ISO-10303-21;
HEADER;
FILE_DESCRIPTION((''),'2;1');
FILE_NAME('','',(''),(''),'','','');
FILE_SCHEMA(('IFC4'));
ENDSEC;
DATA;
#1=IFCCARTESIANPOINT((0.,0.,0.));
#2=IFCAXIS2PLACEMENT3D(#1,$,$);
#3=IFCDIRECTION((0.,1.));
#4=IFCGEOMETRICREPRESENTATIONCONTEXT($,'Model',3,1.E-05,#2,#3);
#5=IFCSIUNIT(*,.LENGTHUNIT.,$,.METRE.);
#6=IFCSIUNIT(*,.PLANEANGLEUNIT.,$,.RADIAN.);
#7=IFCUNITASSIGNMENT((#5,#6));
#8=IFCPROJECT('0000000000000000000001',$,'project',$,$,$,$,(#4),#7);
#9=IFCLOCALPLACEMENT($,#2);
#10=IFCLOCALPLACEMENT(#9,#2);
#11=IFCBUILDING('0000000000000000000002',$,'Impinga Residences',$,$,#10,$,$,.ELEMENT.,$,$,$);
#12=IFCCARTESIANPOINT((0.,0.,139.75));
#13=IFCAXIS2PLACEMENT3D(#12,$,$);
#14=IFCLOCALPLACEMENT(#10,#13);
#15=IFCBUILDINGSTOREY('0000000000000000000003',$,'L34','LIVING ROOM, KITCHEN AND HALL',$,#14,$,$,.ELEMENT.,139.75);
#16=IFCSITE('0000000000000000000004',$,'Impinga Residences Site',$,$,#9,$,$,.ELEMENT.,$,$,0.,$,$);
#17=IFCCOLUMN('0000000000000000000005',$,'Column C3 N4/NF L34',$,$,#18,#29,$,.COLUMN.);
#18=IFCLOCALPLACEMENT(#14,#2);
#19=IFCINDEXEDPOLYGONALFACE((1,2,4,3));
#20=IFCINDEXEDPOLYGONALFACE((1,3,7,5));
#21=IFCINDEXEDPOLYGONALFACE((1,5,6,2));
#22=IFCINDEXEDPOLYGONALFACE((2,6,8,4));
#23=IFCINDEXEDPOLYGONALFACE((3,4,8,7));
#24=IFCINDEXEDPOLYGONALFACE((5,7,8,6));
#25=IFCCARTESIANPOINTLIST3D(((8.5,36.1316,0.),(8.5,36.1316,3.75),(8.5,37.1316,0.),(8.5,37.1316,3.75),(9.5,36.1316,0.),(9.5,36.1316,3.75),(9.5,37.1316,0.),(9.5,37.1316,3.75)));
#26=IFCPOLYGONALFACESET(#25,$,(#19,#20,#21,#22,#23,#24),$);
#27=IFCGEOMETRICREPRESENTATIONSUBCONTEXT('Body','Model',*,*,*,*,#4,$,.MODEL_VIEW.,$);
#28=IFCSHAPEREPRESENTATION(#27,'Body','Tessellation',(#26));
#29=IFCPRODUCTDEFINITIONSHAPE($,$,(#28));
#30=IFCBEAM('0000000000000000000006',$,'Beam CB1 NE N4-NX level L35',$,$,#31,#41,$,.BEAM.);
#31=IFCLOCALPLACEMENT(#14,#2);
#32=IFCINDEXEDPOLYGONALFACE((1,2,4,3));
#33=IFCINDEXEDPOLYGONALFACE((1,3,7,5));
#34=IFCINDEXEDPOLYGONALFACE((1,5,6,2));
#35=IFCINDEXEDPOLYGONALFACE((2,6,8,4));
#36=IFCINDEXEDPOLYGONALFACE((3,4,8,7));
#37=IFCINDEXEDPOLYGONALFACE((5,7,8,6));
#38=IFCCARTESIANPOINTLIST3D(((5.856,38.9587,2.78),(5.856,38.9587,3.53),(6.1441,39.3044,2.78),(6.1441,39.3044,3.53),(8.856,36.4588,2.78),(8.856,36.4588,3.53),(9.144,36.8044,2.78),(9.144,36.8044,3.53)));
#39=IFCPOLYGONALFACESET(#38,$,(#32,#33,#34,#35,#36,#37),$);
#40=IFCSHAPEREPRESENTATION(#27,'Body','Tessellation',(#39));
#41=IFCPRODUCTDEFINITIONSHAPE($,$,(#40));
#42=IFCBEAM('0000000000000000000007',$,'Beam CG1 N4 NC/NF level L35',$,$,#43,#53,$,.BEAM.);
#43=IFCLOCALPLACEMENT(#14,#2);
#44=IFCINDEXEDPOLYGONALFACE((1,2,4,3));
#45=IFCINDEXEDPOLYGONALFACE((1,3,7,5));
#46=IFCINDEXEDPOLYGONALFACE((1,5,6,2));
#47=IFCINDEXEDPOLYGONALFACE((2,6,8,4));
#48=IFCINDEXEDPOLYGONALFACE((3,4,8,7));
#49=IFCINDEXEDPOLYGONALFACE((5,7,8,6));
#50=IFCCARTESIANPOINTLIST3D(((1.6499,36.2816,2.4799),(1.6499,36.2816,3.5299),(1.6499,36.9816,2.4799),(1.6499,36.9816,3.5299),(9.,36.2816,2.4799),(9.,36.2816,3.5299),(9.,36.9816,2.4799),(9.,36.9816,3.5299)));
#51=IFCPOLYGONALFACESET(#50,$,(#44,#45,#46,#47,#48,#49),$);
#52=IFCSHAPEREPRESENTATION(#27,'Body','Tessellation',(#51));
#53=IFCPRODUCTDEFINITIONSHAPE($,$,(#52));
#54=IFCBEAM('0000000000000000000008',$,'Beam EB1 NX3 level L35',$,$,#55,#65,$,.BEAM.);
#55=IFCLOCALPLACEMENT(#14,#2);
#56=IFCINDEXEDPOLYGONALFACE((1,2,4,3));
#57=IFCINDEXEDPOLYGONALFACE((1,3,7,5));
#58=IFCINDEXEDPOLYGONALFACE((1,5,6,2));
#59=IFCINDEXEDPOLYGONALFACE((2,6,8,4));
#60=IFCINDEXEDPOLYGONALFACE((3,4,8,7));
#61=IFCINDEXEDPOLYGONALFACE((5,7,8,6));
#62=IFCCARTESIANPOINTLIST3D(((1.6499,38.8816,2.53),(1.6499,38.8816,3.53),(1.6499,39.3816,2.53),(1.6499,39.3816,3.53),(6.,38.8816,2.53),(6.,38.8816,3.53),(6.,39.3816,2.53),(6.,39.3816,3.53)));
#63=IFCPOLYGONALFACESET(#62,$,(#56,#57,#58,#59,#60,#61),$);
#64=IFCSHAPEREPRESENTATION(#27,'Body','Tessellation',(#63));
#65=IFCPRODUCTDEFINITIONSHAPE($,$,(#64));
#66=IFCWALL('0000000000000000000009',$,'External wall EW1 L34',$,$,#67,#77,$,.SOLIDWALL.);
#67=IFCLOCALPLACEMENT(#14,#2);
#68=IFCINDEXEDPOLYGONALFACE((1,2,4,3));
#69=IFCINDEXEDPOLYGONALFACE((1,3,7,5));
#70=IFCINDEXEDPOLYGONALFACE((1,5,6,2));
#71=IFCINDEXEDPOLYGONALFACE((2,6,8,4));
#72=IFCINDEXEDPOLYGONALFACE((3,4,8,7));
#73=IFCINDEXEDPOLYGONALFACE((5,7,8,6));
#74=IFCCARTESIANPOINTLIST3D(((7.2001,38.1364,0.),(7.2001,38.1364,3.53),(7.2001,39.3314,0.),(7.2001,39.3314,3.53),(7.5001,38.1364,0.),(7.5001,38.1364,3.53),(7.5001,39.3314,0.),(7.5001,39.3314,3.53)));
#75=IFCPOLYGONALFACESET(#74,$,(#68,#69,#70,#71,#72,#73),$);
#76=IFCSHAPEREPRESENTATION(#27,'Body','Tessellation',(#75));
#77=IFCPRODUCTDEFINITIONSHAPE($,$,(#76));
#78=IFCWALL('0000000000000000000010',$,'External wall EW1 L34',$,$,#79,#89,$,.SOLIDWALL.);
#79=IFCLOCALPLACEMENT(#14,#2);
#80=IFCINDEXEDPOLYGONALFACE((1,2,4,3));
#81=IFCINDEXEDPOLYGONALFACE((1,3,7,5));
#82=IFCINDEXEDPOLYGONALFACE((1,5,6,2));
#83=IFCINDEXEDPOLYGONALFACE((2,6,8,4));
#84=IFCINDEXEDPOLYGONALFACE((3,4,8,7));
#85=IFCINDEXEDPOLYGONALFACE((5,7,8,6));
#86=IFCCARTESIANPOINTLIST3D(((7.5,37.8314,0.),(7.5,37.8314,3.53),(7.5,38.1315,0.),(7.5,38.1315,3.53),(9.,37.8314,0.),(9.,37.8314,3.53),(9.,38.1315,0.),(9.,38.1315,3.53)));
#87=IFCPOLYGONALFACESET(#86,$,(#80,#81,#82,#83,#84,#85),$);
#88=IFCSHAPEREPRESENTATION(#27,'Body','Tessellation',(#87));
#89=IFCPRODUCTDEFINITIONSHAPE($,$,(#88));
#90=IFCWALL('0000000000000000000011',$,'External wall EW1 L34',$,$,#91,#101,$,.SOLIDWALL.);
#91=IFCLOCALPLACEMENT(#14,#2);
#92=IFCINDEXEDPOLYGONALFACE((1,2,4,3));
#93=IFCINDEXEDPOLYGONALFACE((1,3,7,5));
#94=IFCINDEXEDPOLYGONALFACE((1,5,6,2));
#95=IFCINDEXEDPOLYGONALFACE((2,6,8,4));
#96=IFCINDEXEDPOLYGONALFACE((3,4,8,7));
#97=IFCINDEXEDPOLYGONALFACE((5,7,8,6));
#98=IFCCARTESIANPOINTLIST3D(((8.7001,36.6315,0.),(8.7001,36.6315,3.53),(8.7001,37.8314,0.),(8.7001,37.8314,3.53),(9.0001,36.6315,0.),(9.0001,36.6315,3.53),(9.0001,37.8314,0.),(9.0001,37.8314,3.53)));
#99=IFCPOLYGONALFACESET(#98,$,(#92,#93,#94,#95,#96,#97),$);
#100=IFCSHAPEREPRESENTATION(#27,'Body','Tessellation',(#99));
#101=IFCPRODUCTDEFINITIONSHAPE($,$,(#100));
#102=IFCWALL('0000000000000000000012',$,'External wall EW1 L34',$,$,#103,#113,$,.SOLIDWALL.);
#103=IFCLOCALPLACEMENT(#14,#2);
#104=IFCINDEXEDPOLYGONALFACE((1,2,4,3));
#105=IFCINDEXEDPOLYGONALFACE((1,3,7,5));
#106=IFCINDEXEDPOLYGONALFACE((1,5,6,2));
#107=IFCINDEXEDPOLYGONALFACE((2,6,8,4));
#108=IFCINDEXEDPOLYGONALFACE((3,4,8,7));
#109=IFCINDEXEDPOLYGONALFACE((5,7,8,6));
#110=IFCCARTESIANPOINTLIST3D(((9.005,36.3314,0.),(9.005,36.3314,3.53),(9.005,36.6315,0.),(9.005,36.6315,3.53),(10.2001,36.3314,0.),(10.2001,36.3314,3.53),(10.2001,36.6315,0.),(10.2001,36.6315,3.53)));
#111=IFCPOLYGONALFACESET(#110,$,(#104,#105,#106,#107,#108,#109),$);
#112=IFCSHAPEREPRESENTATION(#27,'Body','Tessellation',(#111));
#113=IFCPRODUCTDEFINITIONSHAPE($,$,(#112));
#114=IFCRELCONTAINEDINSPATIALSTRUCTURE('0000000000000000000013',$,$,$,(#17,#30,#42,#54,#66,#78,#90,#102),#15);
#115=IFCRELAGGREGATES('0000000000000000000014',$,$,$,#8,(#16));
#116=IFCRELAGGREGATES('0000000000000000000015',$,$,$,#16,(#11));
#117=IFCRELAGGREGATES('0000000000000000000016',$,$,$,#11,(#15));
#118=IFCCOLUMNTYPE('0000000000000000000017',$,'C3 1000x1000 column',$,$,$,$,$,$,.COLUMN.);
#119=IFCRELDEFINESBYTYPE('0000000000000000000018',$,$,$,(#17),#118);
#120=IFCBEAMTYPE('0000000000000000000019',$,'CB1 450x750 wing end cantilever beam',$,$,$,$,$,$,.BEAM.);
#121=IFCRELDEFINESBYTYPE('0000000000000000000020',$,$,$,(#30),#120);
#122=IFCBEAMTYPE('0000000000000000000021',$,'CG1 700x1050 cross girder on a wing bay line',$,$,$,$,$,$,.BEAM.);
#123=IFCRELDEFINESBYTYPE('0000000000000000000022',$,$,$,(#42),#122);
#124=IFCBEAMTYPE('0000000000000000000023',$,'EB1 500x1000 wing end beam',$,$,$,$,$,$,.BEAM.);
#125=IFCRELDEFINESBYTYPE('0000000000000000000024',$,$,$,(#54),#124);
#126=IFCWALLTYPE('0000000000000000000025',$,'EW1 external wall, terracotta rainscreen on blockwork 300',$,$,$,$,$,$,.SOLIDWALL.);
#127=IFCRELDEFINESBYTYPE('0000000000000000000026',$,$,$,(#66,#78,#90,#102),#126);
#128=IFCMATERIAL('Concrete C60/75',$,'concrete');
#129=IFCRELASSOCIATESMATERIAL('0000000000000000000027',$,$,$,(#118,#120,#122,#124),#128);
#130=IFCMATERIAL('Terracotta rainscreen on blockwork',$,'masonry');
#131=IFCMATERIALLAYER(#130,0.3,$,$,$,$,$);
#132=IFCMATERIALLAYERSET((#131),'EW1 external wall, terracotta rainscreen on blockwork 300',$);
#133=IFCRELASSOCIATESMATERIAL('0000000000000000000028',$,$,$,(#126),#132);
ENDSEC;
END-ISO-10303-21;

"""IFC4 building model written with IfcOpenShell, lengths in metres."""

from ifc_helpers import new_model, si_unit, direction, frame, frame_2d, origin, origin_2d, place, context, subcontext, project, spatial, rectangle, extrude, material, layer, layer_set, material_profile, profile_set, type_object, element, save


model = new_model("IFC4")

# Units and contexts
model_context = context("Model", 3, precision=1e-05, world=origin(), true_north=direction((0.0, 1.0)))
body_context = subcontext(model_context, "Body", "Model", "MODEL_VIEW")
ifc_project = project(units=[si_unit("LENGTHUNIT", "METRE"), si_unit("PLANEANGLEUNIT", "RADIAN")], contexts=[model_context])

# Site, building, storey
site_placement = place(None, origin())
site = spatial("IfcSite", under=ifc_project, at=site_placement, Name="Impinga Residences Site", CompositionType="ELEMENT", RefElevation=0.0)
building_placement = place(site_placement, origin())
building = spatial("IfcBuilding", under=site, at=building_placement, Name="Impinga Residences", CompositionType="ELEMENT")
storey_placement = place(building_placement, frame((0.0, 0.0, 139.75)))
storey = spatial("IfcBuildingStorey", under=building, at=storey_placement, Name="L34", Description="LIVING ROOM, KITCHEN AND HALL", CompositionType="ELEMENT", Elevation=139.75)

# Column
ifc_material_1 = material(Name="Concrete C60/75", Category="concrete")
ifc_material_profile_1 = material_profile(ifc_material_1, rectangle(XDim=1.0, YDim=1.0, at=origin_2d()), Name="RC 1000x1000")
ifc_profile_set_1 = profile_set([ifc_material_profile_1], Name="Concrete C60/75")
column_type = type_object("IfcColumnType", Name="C3 1000x1000 column", PredefinedType="COLUMN", material=ifc_profile_set_1)
column_placement = place(storey_placement, frame((9.0, 36.6316, 0.0), z_axis=(0.0, 0.0, 1.0), x_axis=(1.0, 0.0, 0.0)))
element("IfcColumn", 1, at=column_placement, inside=storey, type_object=column_type, Name="Column C3 N4/NF L34", PredefinedType="COLUMN", context=body_context, shape_type="SweptSolid", body=[
    extrude(rectangle(XDim=1.0, YDim=1.0, at=origin_2d()), origin(), (0.0, 0.0, 1.0), 3.75),
])

# Beams
ifc_material_profile_2 = material_profile(ifc_material_1, rectangle(XDim=0.45, YDim=0.75, at=origin_2d()), Name="RC 450x750")
ifc_profile_set_2 = profile_set([ifc_material_profile_2], Name="Concrete C60/75")
beam_type_1 = type_object("IfcBeamType", Name="CB1 450x750 wing end cantilever beam", PredefinedType="BEAM", material=ifc_profile_set_2)
beam_1_placement = place(storey_placement, frame((9.0, 36.6316, 3.155), z_axis=(-0.768221, 0.640184, 0.0), x_axis=(-0.640184, -0.768221, 0.0)))
element("IfcBeam", 2, at=beam_1_placement, inside=storey, type_object=beam_type_1, Name="Beam CB1 NE N4-NX level L35", PredefinedType="BEAM", context=body_context, shape_type="SweptSolid", body=[
    extrude(rectangle(XDim=0.45, YDim=0.75, at=origin_2d()), origin(), (0.0, 0.0, 1.0), 3.905),
])
ifc_material_profile_3 = material_profile(ifc_material_1, rectangle(XDim=0.7, YDim=1.05, at=origin_2d()), Name="RC 700x1050")
ifc_profile_set_3 = profile_set([ifc_material_profile_3], Name="Concrete C60/75")
beam_type_2 = type_object("IfcBeamType", Name="CG1 700x1050 cross girder on a wing bay line", PredefinedType="BEAM", material=ifc_profile_set_3)
beam_2_placement = place(storey_placement, frame((1.6499, 36.6316, 3.0049), z_axis=(1.0, 0.0, 0.0), x_axis=(0.0, 1.0, 0.0)))
element("IfcBeam", 3, at=beam_2_placement, inside=storey, type_object=beam_type_2, Name="Beam CG1 N4 NC/NF level L35", PredefinedType="BEAM", context=body_context, shape_type="SweptSolid", body=[
    extrude(rectangle(XDim=0.7, YDim=1.05, at=origin_2d()), origin(), (0.0, 0.0, 1.0), 7.3501),
])
ifc_material_profile_4 = material_profile(ifc_material_1, rectangle(XDim=0.5, YDim=1.0, at=origin_2d()), Name="RC 500x1000")
ifc_profile_set_4 = profile_set([ifc_material_profile_4], Name="Concrete C60/75")
beam_type_3 = type_object("IfcBeamType", Name="EB1 500x1000 wing end beam", PredefinedType="BEAM", material=ifc_profile_set_4)
beam_3_placement = place(storey_placement, frame((1.6499, 39.1316, 3.03), z_axis=(1.0, 0.0, 0.0), x_axis=(0.0, 1.0, 0.0)))
element("IfcBeam", 4, at=beam_3_placement, inside=storey, type_object=beam_type_3, Name="Beam EB1 NX3 level L35", PredefinedType="BEAM", context=body_context, shape_type="SweptSolid", body=[
    extrude(rectangle(XDim=0.5, YDim=1.0, at=origin_2d()), origin(), (0.0, 0.0, 1.0), 4.3501),
])

# Walls
ifc_material_2 = material(Name="Terracotta rainscreen on blockwork", Category="masonry")
ifc_layer_1 = layer(ifc_material_2, 0.3)
ifc_layer_set_1 = layer_set([ifc_layer_1], Name="EW1 external wall, terracotta rainscreen on blockwork 300")
wall_type_1 = type_object("IfcWallType", Name="EW1 external wall, terracotta rainscreen on blockwork 300", PredefinedType="SOLIDWALL", material=ifc_layer_set_1)
wall_1_placement = place(storey_placement, frame((7.3501, 39.3315, 0.0), z_axis=(0.0, 0.0, 1.0), x_axis=(0.0, -1.0, 0.0)))
element("IfcWall", 5, at=wall_1_placement, inside=storey, type_object=wall_type_1, Name="External wall EW1 L34", PredefinedType="SOLIDWALL", context=body_context, shape_type="SweptSolid", body=[
    extrude(rectangle(XDim=1.1951, YDim=0.3, at=frame_2d((0.5977, 0.0))), origin(), (0.0, 0.0, 1.0), 3.53),
])
wall_2_placement = place(storey_placement, frame((7.5, 37.9814, 0.0), z_axis=(0.0, 0.0, 1.0), x_axis=(1.0, 0.0, 0.0)))
element("IfcWall", 6, at=wall_2_placement, inside=storey, type_object=wall_type_1, Name="External wall EW1 L34", PredefinedType="SOLIDWALL", context=body_context, shape_type="SweptSolid", body=[
    extrude(rectangle(XDim=1.5, YDim=0.3, at=frame_2d((0.75, 0.0))), origin(), (0.0, 0.0, 1.0), 3.53),
])
wall_3_placement = place(storey_placement, frame((8.8501, 37.8315, 0.0), z_axis=(0.0, 0.0, 1.0), x_axis=(0.0, -1.0, 0.0)))
element("IfcWall", 7, at=wall_3_placement, inside=storey, type_object=wall_type_1, Name="External wall EW1 L34", PredefinedType="SOLIDWALL", context=body_context, shape_type="SweptSolid", body=[
    extrude(rectangle(XDim=1.2, YDim=0.3, at=frame_2d((0.6001, 0.0))), origin(), (0.0, 0.0, 1.0), 3.53),
])
wall_4_placement = place(storey_placement, frame((9.0049, 36.4814, 0.0), z_axis=(0.0, 0.0, 1.0), x_axis=(1.0, 0.0, 0.0)))
element("IfcWall", 8, at=wall_4_placement, inside=storey, type_object=wall_type_1, Name="External wall EW1 L34", PredefinedType="SOLIDWALL", context=body_context, shape_type="SweptSolid", body=[
    extrude(rectangle(XDim=1.1951, YDim=0.3, at=frame_2d((0.5977, 0.0))), origin(), (0.0, 0.0, 1.0), 3.53),
])

save(model, "model.ifc")
